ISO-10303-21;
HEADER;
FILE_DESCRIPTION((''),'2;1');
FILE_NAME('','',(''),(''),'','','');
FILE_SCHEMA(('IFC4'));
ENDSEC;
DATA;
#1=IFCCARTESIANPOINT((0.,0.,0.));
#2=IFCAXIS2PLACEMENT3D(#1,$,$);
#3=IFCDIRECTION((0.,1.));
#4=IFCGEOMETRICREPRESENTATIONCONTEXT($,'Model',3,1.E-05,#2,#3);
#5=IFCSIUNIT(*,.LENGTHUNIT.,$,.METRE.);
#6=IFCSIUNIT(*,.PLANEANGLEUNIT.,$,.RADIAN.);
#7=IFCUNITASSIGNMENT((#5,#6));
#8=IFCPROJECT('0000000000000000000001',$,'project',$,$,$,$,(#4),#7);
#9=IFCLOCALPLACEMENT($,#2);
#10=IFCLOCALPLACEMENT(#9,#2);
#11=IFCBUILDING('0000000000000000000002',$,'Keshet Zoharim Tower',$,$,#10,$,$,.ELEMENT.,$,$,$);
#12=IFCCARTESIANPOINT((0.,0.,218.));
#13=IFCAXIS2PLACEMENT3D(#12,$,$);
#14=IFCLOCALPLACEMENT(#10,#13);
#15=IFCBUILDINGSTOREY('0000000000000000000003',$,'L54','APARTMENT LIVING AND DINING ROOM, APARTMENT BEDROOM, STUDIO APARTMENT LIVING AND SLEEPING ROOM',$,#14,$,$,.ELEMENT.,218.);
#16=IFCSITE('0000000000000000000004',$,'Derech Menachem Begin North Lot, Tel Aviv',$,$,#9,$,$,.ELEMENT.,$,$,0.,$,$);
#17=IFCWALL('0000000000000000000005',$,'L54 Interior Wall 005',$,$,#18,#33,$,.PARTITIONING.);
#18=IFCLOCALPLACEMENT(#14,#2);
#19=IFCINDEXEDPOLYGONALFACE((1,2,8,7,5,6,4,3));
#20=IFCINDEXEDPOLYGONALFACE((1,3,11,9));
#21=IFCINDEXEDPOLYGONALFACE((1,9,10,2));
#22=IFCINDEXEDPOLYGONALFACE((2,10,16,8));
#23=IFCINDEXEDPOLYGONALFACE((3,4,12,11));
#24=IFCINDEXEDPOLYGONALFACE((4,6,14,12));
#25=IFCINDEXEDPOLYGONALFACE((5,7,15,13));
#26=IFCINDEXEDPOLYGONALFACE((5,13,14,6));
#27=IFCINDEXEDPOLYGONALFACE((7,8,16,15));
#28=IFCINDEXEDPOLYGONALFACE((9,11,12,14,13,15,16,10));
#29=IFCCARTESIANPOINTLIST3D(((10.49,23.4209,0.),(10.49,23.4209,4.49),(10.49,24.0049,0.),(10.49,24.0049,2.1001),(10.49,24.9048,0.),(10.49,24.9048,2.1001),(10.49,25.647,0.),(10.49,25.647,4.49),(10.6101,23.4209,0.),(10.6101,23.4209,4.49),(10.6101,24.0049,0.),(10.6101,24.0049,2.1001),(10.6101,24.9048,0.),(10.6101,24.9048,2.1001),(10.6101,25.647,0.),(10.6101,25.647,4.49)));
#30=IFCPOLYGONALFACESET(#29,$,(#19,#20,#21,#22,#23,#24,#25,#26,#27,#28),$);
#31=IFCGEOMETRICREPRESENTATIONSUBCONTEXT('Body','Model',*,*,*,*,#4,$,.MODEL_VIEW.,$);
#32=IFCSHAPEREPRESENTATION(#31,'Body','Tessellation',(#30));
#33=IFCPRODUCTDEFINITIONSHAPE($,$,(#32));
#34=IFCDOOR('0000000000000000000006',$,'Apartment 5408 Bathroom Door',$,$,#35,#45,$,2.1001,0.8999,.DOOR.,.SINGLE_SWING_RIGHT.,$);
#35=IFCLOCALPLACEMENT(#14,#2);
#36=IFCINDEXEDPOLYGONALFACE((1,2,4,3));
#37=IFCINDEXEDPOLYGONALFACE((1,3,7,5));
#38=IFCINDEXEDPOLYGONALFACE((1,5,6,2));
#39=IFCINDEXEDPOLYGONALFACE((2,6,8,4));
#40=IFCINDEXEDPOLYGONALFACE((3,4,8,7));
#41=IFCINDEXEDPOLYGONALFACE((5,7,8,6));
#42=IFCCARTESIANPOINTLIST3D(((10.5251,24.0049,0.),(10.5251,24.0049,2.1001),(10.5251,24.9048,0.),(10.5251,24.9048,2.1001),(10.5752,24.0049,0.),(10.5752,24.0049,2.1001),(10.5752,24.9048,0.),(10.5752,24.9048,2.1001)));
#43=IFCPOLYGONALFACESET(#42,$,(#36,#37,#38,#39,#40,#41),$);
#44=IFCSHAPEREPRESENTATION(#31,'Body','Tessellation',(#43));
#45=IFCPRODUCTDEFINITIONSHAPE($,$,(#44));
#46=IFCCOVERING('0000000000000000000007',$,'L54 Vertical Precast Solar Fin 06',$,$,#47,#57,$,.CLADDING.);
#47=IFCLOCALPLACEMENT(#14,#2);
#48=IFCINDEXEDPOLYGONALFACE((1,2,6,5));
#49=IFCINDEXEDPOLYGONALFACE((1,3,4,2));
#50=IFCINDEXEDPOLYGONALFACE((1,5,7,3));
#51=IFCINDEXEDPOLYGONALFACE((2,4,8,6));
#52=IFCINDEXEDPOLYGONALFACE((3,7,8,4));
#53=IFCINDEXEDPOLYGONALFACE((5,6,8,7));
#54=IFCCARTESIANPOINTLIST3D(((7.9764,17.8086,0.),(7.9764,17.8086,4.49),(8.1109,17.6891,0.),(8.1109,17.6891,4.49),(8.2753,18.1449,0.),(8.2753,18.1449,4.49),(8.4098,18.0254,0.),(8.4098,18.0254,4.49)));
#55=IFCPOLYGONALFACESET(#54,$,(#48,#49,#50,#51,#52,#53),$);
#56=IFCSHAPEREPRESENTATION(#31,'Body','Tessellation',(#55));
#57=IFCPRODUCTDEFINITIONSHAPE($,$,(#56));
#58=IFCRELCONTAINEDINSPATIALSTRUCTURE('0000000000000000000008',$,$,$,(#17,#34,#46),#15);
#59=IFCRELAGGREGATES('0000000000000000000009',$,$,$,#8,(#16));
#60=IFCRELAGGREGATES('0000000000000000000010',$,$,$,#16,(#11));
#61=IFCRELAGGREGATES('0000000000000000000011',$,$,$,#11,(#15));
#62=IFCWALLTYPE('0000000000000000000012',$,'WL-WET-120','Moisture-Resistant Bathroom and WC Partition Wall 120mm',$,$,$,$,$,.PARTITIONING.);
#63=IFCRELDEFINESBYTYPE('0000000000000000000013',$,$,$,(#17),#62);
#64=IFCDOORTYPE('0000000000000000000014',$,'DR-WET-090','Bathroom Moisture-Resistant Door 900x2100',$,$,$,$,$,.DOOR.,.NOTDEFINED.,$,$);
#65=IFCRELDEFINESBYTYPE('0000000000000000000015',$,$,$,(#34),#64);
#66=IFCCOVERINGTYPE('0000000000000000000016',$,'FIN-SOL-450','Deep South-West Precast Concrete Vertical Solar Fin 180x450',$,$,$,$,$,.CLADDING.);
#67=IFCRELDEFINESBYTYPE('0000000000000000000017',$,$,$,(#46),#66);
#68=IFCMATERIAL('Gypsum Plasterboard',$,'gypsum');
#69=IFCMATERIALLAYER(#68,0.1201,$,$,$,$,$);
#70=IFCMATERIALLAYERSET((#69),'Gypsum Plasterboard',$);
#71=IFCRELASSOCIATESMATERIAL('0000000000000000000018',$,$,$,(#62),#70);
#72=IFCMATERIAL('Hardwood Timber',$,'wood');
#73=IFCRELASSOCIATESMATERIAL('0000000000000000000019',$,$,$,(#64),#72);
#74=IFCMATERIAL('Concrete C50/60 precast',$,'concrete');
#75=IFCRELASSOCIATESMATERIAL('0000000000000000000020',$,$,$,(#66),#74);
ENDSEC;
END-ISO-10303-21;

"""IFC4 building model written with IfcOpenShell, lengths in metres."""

from ifc_helpers import new_model, si_unit, direction, frame, frame_2d, origin, origin_2d, place, context, subcontext, project, spatial, rectangle, extrude, material, layer, layer_set, type_object, element, fill, save


model = new_model("IFC4")

# Units and contexts
model_context = context("Model", 3, precision=1e-05, world=origin(), true_north=direction((0.0, 1.0)))
body_context = subcontext(model_context, "Body", "Model", "MODEL_VIEW")
ifc_project = project(units=[si_unit("LENGTHUNIT", "METRE"), si_unit("PLANEANGLEUNIT", "RADIAN")], contexts=[model_context])

# Site, building, storey
site_placement = place(None, origin())
site = spatial("IfcSite", under=ifc_project, at=site_placement, Name="Derech Menachem Begin North Lot, Tel Aviv", CompositionType="ELEMENT", RefElevation=0.0)
building_placement = place(site_placement, origin())
building = spatial("IfcBuilding", under=site, at=building_placement, Name="Keshet Zoharim Tower", CompositionType="ELEMENT")
storey_placement = place(building_placement, frame((0.0, 0.0, 218.0)))
storey = spatial("IfcBuildingStorey", under=building, at=storey_placement, Name="L54", Description="APARTMENT LIVING AND DINING ROOM, APARTMENT BEDROOM, STUDIO APARTMENT LIVING AND SLEEPING ROOM", CompositionType="ELEMENT", Elevation=218.0)

# Shared definitions
ifc_material_1 = material(Name="Gypsum Plasterboard", Category="gypsum")

# Shared definitions
ifc_material_2 = material(Name="Hardwood Timber", Category="wood")

# Wall, opening, door
ifc_layer_1 = layer(ifc_material_1, 0.1201)
ifc_layer_set_1 = layer_set([ifc_layer_1], Name="Gypsum Plasterboard")
wall_type_1 = type_object("IfcWallType", Name="WL-WET-120", Description="Moisture-Resistant Bathroom and WC Partition Wall 120mm", PredefinedType="PARTITIONING", material=ifc_layer_set_1)
wall_1_placement = place(storey_placement, frame((10.55, 23.4209, 0.0), z_axis=(0.0, 0.0, 1.0), x_axis=(0.0, 1.0, 0.0)))
wall_1 = element("IfcWall", 1, at=wall_1_placement, inside=storey, type_object=wall_type_1, Name="L54 Interior Wall 005", PredefinedType="PARTITIONING", context=body_context, shape_type="SweptSolid", body=[
    extrude(rectangle(XDim=2.2261, YDim=0.1201, at=frame_2d((1.113, 0.0))), origin(), (0.0, 0.0, 1.0), 4.49),
])
opening_1_placement = place(wall_1_placement, frame((0.584, 0.0, 0.0)))
opening_1 = element("IfcOpeningElement", 2, at=opening_1_placement, cuts=wall_1, PredefinedType="OPENING", context=body_context, shape_type="SweptSolid", body=[
    extrude(rectangle(XDim=0.8999, YDim=2.1001, at=frame_2d((0.45, 1.05))), frame((0.0, 0.0701, 0.0), z_axis=(0.0, -1.0, 0.0), x_axis=(1.0, 0.0, 0.0)), (0.0, 0.0, 1.0), 0.1401),
])
door_type_1 = type_object("IfcDoorType", Name="DR-WET-090", Description="Bathroom Moisture-Resistant Door 900x2100", OperationType="NOTDEFINED", PredefinedType="DOOR", material=ifc_material_2)
door_1_placement = place(opening_1_placement, origin())
door_1 = element("IfcDoor", 3, at=door_1_placement, inside=storey, type_object=door_type_1, Name="Apartment 5408 Bathroom Door", OperationType="SINGLE_SWING_RIGHT", OverallHeight=2.1001, OverallWidth=0.8999, PredefinedType="DOOR", context=body_context, shape_type="SweptSolid", body=[
    extrude(rectangle(XDim=0.8999, YDim=2.1001, at=frame_2d((0.45, 1.05))), frame((0.0, 0.0249, 0.0), z_axis=(0.0, -1.0, 0.0), x_axis=(1.0, 0.0, 0.0)), (0.0, 0.0, 1.0), 0.05),
])
fill(opening_1, door_1)

# Covering
ifc_material_3 = material(Name="Concrete C50/60 precast", Category="concrete")
covering_type = type_object("IfcCoveringType", Name="FIN-SOL-450", Description="Deep South-West Precast Concrete Vertical Solar Fin 180x450", PredefinedType="CLADDING", material=ifc_material_3)
covering_placement = place(storey_placement, frame((8.1931, 17.917, 0.0), z_axis=(0.0, 0.0, 1.0), x_axis=(-0.747409, 0.664364, 0.0)))
element("IfcCovering", 4, at=covering_placement, inside=storey, type_object=covering_type, Name="L54 Vertical Precast Solar Fin 06", PredefinedType="CLADDING", context=body_context, shape_type="SweptSolid", body=[
    extrude(rectangle(XDim=0.1799, YDim=0.45, at=origin_2d()), origin(), (0.0, 0.0, 1.0), 4.49),
])

save(model, "model.ifc")
